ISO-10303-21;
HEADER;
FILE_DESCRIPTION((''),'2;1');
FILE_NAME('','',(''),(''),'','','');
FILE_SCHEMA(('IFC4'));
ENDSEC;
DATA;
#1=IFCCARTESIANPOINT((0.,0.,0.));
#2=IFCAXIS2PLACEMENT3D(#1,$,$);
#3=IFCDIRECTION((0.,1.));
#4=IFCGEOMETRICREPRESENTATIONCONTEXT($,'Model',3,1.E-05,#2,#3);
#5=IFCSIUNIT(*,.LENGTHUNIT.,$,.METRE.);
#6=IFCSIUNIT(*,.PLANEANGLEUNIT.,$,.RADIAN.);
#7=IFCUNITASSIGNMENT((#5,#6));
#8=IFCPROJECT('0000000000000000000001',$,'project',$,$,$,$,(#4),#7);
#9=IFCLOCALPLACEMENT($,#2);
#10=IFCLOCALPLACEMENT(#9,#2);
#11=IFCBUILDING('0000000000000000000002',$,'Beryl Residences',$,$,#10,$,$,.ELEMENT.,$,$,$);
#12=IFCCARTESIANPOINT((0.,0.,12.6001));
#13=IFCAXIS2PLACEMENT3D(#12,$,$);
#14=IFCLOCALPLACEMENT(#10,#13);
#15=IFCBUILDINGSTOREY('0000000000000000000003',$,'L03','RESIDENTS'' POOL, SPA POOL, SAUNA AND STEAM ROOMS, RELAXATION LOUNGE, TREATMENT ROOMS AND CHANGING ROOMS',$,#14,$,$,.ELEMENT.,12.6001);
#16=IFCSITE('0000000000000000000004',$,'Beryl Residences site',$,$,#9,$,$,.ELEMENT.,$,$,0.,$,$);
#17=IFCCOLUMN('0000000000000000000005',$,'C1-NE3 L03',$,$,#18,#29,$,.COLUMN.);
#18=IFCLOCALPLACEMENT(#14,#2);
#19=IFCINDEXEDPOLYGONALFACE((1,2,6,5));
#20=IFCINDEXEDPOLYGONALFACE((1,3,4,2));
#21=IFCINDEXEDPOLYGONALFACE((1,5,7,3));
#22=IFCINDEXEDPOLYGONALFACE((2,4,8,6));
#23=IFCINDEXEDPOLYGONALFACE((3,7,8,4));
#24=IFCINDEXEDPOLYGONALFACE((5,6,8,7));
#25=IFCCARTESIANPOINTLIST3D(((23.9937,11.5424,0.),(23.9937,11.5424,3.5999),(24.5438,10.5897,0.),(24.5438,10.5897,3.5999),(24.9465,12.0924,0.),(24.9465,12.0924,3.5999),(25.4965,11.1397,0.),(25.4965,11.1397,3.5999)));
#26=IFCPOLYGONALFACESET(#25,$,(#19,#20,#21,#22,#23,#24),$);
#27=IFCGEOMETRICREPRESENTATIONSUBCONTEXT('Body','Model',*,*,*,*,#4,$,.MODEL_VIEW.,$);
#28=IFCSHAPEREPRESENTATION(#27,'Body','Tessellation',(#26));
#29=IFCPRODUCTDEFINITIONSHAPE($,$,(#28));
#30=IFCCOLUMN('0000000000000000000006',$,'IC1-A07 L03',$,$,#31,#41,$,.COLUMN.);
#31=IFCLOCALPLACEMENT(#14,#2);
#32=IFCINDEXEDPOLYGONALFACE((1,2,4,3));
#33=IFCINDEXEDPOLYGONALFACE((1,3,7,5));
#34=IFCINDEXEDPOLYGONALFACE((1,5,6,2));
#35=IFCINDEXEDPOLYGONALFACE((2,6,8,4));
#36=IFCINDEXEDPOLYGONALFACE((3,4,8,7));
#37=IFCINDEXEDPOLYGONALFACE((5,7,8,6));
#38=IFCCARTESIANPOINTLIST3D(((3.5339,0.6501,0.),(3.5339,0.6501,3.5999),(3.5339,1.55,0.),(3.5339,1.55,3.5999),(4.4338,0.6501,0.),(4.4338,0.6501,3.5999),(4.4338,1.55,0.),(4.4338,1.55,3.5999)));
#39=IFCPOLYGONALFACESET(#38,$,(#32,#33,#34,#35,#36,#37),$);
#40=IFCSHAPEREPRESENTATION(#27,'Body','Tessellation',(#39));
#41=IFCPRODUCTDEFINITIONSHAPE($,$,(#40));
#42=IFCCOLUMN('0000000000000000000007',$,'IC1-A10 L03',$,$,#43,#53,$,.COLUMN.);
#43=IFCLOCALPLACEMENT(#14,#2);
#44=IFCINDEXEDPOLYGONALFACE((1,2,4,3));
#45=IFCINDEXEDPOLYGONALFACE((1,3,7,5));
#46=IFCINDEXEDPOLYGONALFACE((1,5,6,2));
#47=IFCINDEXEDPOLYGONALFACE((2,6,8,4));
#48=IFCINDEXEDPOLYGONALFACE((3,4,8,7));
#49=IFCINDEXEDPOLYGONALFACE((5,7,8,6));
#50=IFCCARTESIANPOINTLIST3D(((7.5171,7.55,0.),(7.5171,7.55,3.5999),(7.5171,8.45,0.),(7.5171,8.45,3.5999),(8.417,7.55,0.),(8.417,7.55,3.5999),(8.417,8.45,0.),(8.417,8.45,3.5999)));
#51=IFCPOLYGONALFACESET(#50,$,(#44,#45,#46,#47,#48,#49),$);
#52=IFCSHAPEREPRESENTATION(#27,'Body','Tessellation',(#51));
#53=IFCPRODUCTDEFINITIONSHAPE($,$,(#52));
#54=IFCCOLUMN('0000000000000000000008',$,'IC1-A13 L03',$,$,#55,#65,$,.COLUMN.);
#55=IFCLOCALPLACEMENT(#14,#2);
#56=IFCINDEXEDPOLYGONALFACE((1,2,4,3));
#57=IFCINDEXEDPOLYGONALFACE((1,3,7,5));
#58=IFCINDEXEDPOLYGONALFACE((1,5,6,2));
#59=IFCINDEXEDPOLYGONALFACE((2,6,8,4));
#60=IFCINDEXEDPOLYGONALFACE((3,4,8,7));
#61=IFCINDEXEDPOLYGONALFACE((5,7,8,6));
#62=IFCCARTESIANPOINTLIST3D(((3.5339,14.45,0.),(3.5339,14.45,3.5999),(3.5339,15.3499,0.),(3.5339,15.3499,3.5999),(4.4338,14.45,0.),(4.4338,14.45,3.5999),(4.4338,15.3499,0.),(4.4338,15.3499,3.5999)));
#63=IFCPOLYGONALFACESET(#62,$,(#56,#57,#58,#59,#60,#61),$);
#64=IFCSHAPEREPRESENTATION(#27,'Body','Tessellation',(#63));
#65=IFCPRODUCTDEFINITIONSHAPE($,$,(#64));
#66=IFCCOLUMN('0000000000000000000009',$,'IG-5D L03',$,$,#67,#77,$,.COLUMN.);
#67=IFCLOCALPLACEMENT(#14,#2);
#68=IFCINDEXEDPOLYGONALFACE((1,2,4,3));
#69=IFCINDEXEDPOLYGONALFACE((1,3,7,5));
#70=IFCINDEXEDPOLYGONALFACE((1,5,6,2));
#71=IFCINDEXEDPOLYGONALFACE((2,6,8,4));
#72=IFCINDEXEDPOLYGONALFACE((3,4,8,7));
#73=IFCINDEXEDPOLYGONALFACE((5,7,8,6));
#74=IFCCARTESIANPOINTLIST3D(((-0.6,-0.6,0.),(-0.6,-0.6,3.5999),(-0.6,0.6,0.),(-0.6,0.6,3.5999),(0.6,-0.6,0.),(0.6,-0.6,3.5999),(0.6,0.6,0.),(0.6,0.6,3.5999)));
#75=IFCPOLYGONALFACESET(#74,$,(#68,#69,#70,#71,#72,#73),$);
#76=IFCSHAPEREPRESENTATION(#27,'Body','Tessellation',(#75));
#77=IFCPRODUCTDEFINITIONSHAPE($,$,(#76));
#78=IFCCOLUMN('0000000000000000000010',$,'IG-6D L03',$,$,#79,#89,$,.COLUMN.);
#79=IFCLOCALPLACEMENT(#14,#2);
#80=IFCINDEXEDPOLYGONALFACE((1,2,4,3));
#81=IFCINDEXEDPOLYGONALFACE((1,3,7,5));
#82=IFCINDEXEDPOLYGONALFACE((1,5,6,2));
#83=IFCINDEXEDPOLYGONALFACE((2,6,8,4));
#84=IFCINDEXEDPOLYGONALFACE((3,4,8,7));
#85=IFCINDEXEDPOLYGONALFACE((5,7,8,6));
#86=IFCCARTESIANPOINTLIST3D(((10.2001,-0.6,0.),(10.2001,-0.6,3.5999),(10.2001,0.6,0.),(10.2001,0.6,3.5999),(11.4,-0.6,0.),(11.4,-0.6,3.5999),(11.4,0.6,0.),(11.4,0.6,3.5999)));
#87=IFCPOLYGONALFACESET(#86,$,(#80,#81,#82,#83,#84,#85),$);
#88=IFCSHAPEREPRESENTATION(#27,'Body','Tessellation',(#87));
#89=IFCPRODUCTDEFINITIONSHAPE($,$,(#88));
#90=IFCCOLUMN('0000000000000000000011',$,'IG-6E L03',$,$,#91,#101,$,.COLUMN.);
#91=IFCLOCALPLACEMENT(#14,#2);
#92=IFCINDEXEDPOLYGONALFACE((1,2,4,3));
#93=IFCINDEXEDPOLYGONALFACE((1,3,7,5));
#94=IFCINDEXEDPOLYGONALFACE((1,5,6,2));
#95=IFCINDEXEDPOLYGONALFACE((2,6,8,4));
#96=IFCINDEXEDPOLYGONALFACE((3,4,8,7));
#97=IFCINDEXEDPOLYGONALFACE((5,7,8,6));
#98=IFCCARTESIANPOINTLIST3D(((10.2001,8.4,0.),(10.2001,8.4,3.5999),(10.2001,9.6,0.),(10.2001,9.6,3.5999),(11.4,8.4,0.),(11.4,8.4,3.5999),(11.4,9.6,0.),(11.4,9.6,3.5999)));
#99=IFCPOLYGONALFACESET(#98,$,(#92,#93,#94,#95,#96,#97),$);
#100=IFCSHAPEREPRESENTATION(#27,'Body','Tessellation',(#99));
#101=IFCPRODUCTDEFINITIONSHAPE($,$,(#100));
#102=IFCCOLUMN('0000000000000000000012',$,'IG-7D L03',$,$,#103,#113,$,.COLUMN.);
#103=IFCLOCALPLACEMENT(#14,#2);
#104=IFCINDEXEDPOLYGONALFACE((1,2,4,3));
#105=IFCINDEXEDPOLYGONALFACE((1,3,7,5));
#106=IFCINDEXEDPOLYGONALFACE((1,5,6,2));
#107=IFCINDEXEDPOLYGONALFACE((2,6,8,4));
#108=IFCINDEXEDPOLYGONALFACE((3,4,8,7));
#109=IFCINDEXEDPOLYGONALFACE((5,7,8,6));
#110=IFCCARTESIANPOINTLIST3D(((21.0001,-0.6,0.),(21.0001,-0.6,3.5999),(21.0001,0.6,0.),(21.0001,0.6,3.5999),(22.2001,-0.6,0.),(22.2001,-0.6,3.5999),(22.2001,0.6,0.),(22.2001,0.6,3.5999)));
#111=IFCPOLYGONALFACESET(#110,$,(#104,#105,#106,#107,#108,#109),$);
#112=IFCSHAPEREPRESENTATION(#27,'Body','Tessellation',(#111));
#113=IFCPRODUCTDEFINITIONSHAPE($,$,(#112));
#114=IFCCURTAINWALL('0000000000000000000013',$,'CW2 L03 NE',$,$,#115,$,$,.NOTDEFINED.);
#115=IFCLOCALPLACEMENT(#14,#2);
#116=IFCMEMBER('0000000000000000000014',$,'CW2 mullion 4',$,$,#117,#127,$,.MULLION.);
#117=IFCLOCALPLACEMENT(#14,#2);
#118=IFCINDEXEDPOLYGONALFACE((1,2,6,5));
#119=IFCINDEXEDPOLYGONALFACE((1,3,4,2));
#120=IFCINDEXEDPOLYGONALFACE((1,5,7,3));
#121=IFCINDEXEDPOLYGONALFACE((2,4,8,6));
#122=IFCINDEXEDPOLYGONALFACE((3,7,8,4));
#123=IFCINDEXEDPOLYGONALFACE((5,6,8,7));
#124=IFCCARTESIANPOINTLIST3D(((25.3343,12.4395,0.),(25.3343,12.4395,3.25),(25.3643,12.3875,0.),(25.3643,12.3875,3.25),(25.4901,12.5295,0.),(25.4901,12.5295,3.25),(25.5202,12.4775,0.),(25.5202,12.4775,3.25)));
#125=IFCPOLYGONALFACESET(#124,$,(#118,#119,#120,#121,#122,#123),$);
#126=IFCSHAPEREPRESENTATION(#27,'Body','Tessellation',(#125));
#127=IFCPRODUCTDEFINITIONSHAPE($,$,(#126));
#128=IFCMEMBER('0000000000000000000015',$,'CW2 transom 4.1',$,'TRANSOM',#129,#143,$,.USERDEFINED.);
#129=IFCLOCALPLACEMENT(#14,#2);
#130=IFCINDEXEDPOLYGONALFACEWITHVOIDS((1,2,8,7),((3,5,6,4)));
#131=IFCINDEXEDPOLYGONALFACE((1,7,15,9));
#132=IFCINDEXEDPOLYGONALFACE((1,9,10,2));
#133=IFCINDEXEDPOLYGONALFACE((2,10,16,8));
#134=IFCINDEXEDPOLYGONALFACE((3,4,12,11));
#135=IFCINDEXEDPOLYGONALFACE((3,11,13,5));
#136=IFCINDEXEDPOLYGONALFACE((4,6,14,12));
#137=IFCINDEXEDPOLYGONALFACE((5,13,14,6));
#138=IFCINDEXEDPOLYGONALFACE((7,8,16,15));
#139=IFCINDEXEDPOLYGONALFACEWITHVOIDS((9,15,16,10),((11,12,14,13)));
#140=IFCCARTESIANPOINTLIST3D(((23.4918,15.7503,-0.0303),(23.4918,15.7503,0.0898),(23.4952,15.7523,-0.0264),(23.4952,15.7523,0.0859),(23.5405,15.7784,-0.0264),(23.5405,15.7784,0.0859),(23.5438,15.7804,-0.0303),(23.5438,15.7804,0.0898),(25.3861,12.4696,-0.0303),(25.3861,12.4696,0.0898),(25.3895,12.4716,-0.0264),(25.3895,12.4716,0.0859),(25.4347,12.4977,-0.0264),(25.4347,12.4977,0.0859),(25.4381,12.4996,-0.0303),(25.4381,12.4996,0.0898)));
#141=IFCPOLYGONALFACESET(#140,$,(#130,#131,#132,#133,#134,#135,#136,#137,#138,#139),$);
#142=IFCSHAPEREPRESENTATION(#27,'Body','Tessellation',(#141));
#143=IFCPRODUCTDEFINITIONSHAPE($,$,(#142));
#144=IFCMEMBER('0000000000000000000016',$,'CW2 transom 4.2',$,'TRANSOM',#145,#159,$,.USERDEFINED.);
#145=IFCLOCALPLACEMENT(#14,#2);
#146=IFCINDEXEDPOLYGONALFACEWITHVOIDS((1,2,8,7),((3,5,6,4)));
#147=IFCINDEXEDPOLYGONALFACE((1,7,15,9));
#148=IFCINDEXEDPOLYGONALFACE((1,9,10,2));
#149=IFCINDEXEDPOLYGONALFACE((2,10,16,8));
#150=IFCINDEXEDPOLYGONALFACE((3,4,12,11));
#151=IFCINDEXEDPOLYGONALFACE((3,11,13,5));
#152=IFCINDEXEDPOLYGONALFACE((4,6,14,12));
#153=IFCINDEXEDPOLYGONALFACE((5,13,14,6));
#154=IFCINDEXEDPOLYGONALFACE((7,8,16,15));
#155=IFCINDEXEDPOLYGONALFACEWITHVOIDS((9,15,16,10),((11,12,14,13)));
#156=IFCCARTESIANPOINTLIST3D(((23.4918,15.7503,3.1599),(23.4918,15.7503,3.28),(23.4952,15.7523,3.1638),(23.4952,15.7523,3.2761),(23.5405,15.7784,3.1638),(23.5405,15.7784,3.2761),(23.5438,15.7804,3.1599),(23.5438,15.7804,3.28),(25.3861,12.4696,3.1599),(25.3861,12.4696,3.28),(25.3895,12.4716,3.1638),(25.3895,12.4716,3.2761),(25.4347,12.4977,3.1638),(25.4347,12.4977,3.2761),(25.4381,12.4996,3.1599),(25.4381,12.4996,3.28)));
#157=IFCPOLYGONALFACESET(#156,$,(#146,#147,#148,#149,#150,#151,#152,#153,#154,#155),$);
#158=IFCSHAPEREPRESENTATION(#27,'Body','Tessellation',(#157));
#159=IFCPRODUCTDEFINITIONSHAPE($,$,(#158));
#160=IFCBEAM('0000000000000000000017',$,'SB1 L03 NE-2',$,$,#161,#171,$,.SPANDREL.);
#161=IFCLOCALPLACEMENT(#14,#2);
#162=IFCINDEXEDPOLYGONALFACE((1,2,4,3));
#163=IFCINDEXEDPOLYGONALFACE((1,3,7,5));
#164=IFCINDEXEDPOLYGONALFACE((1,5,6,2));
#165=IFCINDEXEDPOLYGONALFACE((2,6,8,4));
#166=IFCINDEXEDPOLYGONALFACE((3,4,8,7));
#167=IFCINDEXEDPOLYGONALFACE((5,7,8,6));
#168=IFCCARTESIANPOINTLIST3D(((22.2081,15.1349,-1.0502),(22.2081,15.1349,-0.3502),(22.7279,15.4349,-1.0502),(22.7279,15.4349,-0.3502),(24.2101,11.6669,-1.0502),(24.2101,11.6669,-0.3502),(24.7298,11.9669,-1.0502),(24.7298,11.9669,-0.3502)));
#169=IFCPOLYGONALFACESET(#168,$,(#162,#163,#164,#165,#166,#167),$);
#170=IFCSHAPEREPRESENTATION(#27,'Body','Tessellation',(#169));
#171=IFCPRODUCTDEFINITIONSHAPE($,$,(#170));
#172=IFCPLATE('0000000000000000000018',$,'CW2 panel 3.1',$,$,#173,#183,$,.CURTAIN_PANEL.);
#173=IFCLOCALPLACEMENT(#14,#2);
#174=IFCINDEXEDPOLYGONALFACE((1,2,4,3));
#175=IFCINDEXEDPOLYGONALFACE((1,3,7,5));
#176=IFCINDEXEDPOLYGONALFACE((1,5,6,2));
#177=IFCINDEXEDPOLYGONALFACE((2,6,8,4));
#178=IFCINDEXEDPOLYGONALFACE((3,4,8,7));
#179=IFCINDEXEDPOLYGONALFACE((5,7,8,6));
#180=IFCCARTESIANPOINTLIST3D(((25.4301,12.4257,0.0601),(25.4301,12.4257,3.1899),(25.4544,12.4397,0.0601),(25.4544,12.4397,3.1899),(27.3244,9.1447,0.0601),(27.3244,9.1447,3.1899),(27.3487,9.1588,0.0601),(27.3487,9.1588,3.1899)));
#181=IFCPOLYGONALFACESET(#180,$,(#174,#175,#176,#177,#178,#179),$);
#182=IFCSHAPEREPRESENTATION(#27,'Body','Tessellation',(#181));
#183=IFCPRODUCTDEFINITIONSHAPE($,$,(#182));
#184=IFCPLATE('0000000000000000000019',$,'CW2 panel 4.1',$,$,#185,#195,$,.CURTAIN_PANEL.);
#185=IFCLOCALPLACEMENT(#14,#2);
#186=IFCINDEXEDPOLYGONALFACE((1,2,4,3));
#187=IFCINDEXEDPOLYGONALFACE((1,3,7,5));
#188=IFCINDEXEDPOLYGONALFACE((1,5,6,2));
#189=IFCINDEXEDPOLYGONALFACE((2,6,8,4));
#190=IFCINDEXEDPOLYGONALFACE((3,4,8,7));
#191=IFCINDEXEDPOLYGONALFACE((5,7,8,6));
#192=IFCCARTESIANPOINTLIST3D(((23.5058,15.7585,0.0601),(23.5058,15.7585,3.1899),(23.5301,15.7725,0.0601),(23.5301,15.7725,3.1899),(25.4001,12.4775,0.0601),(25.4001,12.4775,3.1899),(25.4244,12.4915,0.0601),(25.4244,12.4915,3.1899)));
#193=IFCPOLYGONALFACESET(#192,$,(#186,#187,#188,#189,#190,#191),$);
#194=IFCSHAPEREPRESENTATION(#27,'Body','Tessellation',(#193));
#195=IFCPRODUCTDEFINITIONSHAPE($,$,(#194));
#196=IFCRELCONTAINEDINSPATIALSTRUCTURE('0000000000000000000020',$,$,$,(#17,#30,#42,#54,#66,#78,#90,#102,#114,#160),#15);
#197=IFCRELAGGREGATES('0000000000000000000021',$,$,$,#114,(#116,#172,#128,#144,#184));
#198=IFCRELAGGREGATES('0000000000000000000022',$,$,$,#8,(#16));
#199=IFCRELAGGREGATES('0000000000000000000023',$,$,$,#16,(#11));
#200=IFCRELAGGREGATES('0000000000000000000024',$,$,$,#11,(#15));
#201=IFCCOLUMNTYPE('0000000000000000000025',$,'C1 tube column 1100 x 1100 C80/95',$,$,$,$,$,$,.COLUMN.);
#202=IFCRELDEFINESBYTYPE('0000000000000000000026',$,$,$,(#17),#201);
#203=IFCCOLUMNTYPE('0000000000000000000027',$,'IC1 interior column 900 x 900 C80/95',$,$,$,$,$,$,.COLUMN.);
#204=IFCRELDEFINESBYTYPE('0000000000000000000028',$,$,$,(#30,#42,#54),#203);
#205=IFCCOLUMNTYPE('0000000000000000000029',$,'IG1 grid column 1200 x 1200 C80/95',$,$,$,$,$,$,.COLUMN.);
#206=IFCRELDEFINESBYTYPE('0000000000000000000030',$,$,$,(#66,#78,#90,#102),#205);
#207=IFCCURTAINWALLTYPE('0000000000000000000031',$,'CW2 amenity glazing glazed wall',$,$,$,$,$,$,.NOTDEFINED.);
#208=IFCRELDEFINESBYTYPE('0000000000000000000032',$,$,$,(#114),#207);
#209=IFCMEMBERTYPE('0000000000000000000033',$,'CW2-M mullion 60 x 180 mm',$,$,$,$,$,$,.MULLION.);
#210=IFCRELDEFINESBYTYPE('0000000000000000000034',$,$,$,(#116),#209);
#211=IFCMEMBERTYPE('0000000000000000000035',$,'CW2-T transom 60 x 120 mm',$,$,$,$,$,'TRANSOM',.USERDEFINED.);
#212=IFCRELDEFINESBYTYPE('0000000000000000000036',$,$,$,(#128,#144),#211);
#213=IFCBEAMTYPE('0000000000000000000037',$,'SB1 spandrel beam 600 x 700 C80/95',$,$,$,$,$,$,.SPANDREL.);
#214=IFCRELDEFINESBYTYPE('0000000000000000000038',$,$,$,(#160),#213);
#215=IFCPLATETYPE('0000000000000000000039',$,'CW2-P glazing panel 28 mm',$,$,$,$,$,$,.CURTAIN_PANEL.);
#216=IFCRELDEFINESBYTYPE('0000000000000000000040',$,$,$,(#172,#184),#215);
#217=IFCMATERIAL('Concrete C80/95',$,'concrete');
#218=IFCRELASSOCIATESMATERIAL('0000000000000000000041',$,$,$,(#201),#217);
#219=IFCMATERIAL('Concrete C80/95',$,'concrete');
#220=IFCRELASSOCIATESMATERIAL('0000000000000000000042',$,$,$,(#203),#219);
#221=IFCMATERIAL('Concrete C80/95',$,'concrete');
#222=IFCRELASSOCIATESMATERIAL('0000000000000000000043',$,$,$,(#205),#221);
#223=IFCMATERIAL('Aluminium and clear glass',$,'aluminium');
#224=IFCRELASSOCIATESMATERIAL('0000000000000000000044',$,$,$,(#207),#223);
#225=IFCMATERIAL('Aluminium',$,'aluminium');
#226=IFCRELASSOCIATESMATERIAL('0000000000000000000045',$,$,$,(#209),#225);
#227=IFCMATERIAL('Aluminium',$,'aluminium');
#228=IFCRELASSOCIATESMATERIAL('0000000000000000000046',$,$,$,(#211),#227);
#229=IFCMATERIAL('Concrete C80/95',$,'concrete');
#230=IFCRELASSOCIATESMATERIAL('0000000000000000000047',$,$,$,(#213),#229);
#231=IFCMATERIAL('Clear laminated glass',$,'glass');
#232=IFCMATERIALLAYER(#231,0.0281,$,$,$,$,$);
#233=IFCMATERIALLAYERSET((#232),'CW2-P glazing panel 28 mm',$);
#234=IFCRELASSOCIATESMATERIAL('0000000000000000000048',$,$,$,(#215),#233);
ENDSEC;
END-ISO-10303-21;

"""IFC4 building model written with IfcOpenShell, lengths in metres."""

from ifc_helpers import new_model, si_unit, direction, frame, origin, origin_2d, place, context, subcontext, project, spatial, rectangle, hollow_rectangle, extrude, material, layer, layer_set, material_profile, profile_set, type_object, element, aggregate, save


model = new_model("IFC4")

# Units and contexts
model_context = context("Model", 3, precision=1e-05, world=origin(), true_north=direction((0.0, 1.0)))
body_context = subcontext(model_context, "Body", "Model", "MODEL_VIEW")
ifc_project = project(units=[si_unit("LENGTHUNIT", "METRE"), si_unit("PLANEANGLEUNIT", "RADIAN")], contexts=[model_context])

# Site, building, storey
site_placement = place(None, origin())
site = spatial("IfcSite", under=ifc_project, at=site_placement, Name="Beryl Residences site", CompositionType="ELEMENT", RefElevation=0.0)
building_placement = place(site_placement, origin())
building = spatial("IfcBuilding", under=site, at=building_placement, Name="Beryl Residences", CompositionType="ELEMENT")
storey_placement = place(building_placement, frame((0.0, 0.0, 12.6001)))
storey = spatial("IfcBuildingStorey", under=building, at=storey_placement, Name="L03", Description="RESIDENTS' POOL, SPA POOL, SAUNA AND STEAM ROOMS, RELAXATION LOUNGE, TREATMENT ROOMS AND CHANGING ROOMS", CompositionType="ELEMENT", Elevation=12.6001)

# Columns
ifc_material_1 = material(Name="Concrete C80/95", Category="concrete")
ifc_material_profile_1 = material_profile(ifc_material_1, rectangle(XDim=1.1001, YDim=1.1001, at=origin_2d()))
ifc_profile_set_1 = profile_set([ifc_material_profile_1], Name="Concrete C80/95")
column_type_1 = type_object("IfcColumnType", Name="C1 tube column 1100 x 1100 C80/95", PredefinedType="COLUMN", material=ifc_profile_set_1)
column_placement = place(storey_placement, frame((24.7451, 11.3411, 0.0), z_axis=(0.0, 0.0, 1.0), x_axis=(-0.499985, 0.866034, 0.0)))
element("IfcColumn", 1, at=column_placement, inside=storey, type_object=column_type_1, Name="C1-NE3 L03", PredefinedType="COLUMN", context=body_context, shape_type="SweptSolid", body=[
    extrude(rectangle(XDim=1.1001, YDim=1.1001, at=origin_2d()), origin(), (0.0, 0.0, 1.0), 3.5999),
])
ifc_material_2 = material(Name="Concrete C80/95", Category="concrete")
ifc_material_profile_2 = material_profile(ifc_material_2, rectangle(XDim=0.8999, YDim=0.8999, at=origin_2d()))
ifc_profile_set_2 = profile_set([ifc_material_profile_2], Name="Concrete C80/95")
column_type_2 = type_object("IfcColumnType", Name="IC1 interior column 900 x 900 C80/95", PredefinedType="COLUMN", material=ifc_profile_set_2)
for number, where, z_axis, x_axis, name in (
    (2, (3.9839, 1.1001, 0.0), (0.0, 0.0, 1.0), (1.0, 0.0, 0.0), "IC1-A07 L03"),
    (3, (7.967, 8.0, 0.0), (0.0, 0.0, 1.0), (1.0, 0.0, 0.0), "IC1-A10 L03"),
    (4, (3.9839, 14.8999, 0.0), (0.0, 0.0, 1.0), (1.0, 0.0, 0.0), "IC1-A13 L03"),
):
    element("IfcColumn", number, at=place(storey_placement, frame(where, z_axis=z_axis, x_axis=x_axis)), inside=storey, type_object=column_type_2, Name=name, PredefinedType="COLUMN", context=body_context, shape_type="SweptSolid", body=[
        extrude(rectangle(XDim=0.8999, YDim=0.8999, at=origin_2d()), origin(), (0.0, 0.0, 1.0), 3.5999),
    ])
ifc_material_3 = material(Name="Concrete C80/95", Category="concrete")
ifc_material_profile_3 = material_profile(ifc_material_3, rectangle(XDim=1.2, YDim=1.2, at=origin_2d()))
ifc_profile_set_3 = profile_set([ifc_material_profile_3], Name="Concrete C80/95")
column_type_3 = type_object("IfcColumnType", Name="IG1 grid column 1200 x 1200 C80/95", PredefinedType="COLUMN", material=ifc_profile_set_3)
for number, where, z_axis, x_axis, name in (
    (5, (0.0, 0.0, 0.0), (0.0, 0.0, 1.0), (1.0, 0.0, 0.0), "IG-5D L03"),
    (6, (10.8, 0.0, 0.0), (0.0, 0.0, 1.0), (1.0, 0.0, 0.0), "IG-6D L03"),
    (7, (10.8, 9.0, 0.0), (0.0, 0.0, 1.0), (1.0, 0.0, 0.0), "IG-6E L03"),
    (8, (21.6001, 0.0, 0.0), (0.0, 0.0, 1.0), (1.0, 0.0, 0.0), "IG-7D L03"),
):
    element("IfcColumn", number, at=place(storey_placement, frame(where, z_axis=z_axis, x_axis=x_axis)), inside=storey, type_object=column_type_3, Name=name, PredefinedType="COLUMN", context=body_context, shape_type="SweptSolid", body=[
        extrude(rectangle(XDim=1.2, YDim=1.2, at=origin_2d()), origin(), (0.0, 0.0, 1.0), 3.5999),
    ])

# Curtain wall, members
ifc_material_4 = material(Name="Aluminium and clear glass", Category="aluminium")
curtain_wall_type = type_object("IfcCurtainWallType", Name="CW2 amenity glazing glazed wall", PredefinedType="NOTDEFINED", material=ifc_material_4)
curtain_wall_placement = place(storey_placement, origin())
curtain_wall = element("IfcCurtainWall", 9, at=curtain_wall_placement, inside=storey, type_object=curtain_wall_type, Name="CW2 L03 NE", PredefinedType="NOTDEFINED")
ifc_material_5 = material(Name="Aluminium", Category="aluminium")
ifc_material_profile_4 = material_profile(ifc_material_5, rectangle(XDim=0.0601, YDim=0.1799, at=origin_2d()))
ifc_profile_set_4 = profile_set([ifc_material_profile_4], Name="Aluminium")
member_type_1 = type_object("IfcMemberType", Name="CW2-M mullion 60 x 180 mm", PredefinedType="MULLION", material=ifc_profile_set_4)
member_1_placement = place(storey_placement, frame((25.4272, 12.4585, 0.0), z_axis=(0.0, 0.0, 1.0), x_axis=(-0.500012, 0.866019, 0.0)))
member_1 = element("IfcMember", 10, at=member_1_placement, type_object=member_type_1, Name="CW2 mullion 4", PredefinedType="MULLION", context=body_context, shape_type="SweptSolid", body=[
    extrude(rectangle(XDim=0.0601, YDim=0.1799, at=origin_2d()), origin(), (0.0, 0.0, 1.0), 3.25),
])
ifc_material_6 = material(Name="Aluminium", Category="aluminium")
ifc_material_profile_5 = material_profile(ifc_material_6, hollow_rectangle(XDim=0.0601, YDim=0.1201, WallThickness=0.0039, at=origin_2d()))
ifc_profile_set_5 = profile_set([ifc_material_profile_5], Name="Aluminium")
member_type_2 = type_object("IfcMemberType", Name="CW2-T transom 60 x 120 mm", ElementType="TRANSOM", PredefinedType="USERDEFINED", material=ifc_profile_set_5)
member_2_placement = place(storey_placement, frame((25.4121, 12.4846, 0.0298), z_axis=(-0.500027, 0.86601, 0.0), x_axis=(-0.86601, -0.500027, 0.0)))
member_2 = element("IfcMember", 11, at=member_2_placement, type_object=member_type_2, Name="CW2 transom 4.1", ObjectType="TRANSOM", PredefinedType="USERDEFINED", context=body_context, shape_type="SweptSolid", body=[
    extrude(hollow_rectangle(XDim=0.0601, YDim=0.1201, WallThickness=0.0039, at=origin_2d()), origin(), (0.0, 0.0, 1.0), 3.7883),
])
member_3_placement = place(storey_placement, frame((25.4121, 12.4846, 3.22), z_axis=(-0.500027, 0.86601, 0.0), x_axis=(-0.86601, -0.500027, 0.0)))
member_3 = element("IfcMember", 12, at=member_3_placement, type_object=member_type_2, Name="CW2 transom 4.2", ObjectType="TRANSOM", PredefinedType="USERDEFINED", context=body_context, shape_type="SweptSolid", body=[
    extrude(hollow_rectangle(XDim=0.0601, YDim=0.1201, WallThickness=0.0039, at=origin_2d()), origin(), (0.0, 0.0, 1.0), 3.7883),
])

# Beam
ifc_material_7 = material(Name="Concrete C80/95", Category="concrete")
ifc_material_profile_6 = material_profile(ifc_material_7, rectangle(XDim=0.6001, YDim=0.7, at=origin_2d()))
ifc_profile_set_6 = profile_set([ifc_material_profile_6], Name="Concrete C80/95")
beam_type = type_object("IfcBeamType", Name="SB1 spandrel beam 600 x 700 C80/95", PredefinedType="SPANDREL", material=ifc_profile_set_6)
beam_placement = place(storey_placement, frame((24.47, 11.8169, -0.7002), z_axis=(-0.499942, 0.866059, 0.0), x_axis=(-0.866059, -0.499942, 0.0)))
element("IfcBeam", 13, at=beam_placement, inside=storey, type_object=beam_type, Name="SB1 L03 NE-2", PredefinedType="SPANDREL", context=body_context, shape_type="SweptSolid", body=[
    extrude(rectangle(XDim=0.6001, YDim=0.7, at=origin_2d()), origin(), (0.0, 0.0, 1.0), 4.0044),
])

# Plates
ifc_material_8 = material(Name="Clear laminated glass", Category="glass")
ifc_layer_1 = layer(ifc_material_8, 0.0281)
ifc_layer_set_1 = layer_set([ifc_layer_1], Name="CW2-P glazing panel 28 mm")
plate_type = type_object("IfcPlateType", Name="CW2-P glazing panel 28 mm", PredefinedType="CURTAIN_PANEL", material=ifc_layer_set_1)
plate_1_placement = place(storey_placement, frame((26.3894, 10.7922, 0.0601), z_axis=(0.0, 0.0, 1.0), x_axis=(-0.500012, 0.866019, 0.0)))
plate_1 = element("IfcPlate", 14, at=plate_1_placement, type_object=plate_type, Name="CW2 panel 3.1", PredefinedType="CURTAIN_PANEL", context=body_context, shape_type="SweptSolid", body=[
    extrude(rectangle(XDim=3.7886, YDim=0.0281, at=origin_2d()), origin(), (0.0, 0.0, 1.0), 3.1299),
])
plate_2_placement = place(storey_placement, frame((24.4651, 14.125, 0.0601), z_axis=(0.0, 0.0, 1.0), x_axis=(-0.500012, 0.866019, 0.0)))
plate_2 = element("IfcPlate", 15, at=plate_2_placement, type_object=plate_type, Name="CW2 panel 4.1", PredefinedType="CURTAIN_PANEL", context=body_context, shape_type="SweptSolid", body=[
    extrude(rectangle(XDim=3.7886, YDim=0.0281, at=origin_2d()), origin(), (0.0, 0.0, 1.0), 3.1299),
])
aggregate(curtain_wall, [member_1, plate_1, member_2, member_3, plate_2])

save(model, "model.ifc")
